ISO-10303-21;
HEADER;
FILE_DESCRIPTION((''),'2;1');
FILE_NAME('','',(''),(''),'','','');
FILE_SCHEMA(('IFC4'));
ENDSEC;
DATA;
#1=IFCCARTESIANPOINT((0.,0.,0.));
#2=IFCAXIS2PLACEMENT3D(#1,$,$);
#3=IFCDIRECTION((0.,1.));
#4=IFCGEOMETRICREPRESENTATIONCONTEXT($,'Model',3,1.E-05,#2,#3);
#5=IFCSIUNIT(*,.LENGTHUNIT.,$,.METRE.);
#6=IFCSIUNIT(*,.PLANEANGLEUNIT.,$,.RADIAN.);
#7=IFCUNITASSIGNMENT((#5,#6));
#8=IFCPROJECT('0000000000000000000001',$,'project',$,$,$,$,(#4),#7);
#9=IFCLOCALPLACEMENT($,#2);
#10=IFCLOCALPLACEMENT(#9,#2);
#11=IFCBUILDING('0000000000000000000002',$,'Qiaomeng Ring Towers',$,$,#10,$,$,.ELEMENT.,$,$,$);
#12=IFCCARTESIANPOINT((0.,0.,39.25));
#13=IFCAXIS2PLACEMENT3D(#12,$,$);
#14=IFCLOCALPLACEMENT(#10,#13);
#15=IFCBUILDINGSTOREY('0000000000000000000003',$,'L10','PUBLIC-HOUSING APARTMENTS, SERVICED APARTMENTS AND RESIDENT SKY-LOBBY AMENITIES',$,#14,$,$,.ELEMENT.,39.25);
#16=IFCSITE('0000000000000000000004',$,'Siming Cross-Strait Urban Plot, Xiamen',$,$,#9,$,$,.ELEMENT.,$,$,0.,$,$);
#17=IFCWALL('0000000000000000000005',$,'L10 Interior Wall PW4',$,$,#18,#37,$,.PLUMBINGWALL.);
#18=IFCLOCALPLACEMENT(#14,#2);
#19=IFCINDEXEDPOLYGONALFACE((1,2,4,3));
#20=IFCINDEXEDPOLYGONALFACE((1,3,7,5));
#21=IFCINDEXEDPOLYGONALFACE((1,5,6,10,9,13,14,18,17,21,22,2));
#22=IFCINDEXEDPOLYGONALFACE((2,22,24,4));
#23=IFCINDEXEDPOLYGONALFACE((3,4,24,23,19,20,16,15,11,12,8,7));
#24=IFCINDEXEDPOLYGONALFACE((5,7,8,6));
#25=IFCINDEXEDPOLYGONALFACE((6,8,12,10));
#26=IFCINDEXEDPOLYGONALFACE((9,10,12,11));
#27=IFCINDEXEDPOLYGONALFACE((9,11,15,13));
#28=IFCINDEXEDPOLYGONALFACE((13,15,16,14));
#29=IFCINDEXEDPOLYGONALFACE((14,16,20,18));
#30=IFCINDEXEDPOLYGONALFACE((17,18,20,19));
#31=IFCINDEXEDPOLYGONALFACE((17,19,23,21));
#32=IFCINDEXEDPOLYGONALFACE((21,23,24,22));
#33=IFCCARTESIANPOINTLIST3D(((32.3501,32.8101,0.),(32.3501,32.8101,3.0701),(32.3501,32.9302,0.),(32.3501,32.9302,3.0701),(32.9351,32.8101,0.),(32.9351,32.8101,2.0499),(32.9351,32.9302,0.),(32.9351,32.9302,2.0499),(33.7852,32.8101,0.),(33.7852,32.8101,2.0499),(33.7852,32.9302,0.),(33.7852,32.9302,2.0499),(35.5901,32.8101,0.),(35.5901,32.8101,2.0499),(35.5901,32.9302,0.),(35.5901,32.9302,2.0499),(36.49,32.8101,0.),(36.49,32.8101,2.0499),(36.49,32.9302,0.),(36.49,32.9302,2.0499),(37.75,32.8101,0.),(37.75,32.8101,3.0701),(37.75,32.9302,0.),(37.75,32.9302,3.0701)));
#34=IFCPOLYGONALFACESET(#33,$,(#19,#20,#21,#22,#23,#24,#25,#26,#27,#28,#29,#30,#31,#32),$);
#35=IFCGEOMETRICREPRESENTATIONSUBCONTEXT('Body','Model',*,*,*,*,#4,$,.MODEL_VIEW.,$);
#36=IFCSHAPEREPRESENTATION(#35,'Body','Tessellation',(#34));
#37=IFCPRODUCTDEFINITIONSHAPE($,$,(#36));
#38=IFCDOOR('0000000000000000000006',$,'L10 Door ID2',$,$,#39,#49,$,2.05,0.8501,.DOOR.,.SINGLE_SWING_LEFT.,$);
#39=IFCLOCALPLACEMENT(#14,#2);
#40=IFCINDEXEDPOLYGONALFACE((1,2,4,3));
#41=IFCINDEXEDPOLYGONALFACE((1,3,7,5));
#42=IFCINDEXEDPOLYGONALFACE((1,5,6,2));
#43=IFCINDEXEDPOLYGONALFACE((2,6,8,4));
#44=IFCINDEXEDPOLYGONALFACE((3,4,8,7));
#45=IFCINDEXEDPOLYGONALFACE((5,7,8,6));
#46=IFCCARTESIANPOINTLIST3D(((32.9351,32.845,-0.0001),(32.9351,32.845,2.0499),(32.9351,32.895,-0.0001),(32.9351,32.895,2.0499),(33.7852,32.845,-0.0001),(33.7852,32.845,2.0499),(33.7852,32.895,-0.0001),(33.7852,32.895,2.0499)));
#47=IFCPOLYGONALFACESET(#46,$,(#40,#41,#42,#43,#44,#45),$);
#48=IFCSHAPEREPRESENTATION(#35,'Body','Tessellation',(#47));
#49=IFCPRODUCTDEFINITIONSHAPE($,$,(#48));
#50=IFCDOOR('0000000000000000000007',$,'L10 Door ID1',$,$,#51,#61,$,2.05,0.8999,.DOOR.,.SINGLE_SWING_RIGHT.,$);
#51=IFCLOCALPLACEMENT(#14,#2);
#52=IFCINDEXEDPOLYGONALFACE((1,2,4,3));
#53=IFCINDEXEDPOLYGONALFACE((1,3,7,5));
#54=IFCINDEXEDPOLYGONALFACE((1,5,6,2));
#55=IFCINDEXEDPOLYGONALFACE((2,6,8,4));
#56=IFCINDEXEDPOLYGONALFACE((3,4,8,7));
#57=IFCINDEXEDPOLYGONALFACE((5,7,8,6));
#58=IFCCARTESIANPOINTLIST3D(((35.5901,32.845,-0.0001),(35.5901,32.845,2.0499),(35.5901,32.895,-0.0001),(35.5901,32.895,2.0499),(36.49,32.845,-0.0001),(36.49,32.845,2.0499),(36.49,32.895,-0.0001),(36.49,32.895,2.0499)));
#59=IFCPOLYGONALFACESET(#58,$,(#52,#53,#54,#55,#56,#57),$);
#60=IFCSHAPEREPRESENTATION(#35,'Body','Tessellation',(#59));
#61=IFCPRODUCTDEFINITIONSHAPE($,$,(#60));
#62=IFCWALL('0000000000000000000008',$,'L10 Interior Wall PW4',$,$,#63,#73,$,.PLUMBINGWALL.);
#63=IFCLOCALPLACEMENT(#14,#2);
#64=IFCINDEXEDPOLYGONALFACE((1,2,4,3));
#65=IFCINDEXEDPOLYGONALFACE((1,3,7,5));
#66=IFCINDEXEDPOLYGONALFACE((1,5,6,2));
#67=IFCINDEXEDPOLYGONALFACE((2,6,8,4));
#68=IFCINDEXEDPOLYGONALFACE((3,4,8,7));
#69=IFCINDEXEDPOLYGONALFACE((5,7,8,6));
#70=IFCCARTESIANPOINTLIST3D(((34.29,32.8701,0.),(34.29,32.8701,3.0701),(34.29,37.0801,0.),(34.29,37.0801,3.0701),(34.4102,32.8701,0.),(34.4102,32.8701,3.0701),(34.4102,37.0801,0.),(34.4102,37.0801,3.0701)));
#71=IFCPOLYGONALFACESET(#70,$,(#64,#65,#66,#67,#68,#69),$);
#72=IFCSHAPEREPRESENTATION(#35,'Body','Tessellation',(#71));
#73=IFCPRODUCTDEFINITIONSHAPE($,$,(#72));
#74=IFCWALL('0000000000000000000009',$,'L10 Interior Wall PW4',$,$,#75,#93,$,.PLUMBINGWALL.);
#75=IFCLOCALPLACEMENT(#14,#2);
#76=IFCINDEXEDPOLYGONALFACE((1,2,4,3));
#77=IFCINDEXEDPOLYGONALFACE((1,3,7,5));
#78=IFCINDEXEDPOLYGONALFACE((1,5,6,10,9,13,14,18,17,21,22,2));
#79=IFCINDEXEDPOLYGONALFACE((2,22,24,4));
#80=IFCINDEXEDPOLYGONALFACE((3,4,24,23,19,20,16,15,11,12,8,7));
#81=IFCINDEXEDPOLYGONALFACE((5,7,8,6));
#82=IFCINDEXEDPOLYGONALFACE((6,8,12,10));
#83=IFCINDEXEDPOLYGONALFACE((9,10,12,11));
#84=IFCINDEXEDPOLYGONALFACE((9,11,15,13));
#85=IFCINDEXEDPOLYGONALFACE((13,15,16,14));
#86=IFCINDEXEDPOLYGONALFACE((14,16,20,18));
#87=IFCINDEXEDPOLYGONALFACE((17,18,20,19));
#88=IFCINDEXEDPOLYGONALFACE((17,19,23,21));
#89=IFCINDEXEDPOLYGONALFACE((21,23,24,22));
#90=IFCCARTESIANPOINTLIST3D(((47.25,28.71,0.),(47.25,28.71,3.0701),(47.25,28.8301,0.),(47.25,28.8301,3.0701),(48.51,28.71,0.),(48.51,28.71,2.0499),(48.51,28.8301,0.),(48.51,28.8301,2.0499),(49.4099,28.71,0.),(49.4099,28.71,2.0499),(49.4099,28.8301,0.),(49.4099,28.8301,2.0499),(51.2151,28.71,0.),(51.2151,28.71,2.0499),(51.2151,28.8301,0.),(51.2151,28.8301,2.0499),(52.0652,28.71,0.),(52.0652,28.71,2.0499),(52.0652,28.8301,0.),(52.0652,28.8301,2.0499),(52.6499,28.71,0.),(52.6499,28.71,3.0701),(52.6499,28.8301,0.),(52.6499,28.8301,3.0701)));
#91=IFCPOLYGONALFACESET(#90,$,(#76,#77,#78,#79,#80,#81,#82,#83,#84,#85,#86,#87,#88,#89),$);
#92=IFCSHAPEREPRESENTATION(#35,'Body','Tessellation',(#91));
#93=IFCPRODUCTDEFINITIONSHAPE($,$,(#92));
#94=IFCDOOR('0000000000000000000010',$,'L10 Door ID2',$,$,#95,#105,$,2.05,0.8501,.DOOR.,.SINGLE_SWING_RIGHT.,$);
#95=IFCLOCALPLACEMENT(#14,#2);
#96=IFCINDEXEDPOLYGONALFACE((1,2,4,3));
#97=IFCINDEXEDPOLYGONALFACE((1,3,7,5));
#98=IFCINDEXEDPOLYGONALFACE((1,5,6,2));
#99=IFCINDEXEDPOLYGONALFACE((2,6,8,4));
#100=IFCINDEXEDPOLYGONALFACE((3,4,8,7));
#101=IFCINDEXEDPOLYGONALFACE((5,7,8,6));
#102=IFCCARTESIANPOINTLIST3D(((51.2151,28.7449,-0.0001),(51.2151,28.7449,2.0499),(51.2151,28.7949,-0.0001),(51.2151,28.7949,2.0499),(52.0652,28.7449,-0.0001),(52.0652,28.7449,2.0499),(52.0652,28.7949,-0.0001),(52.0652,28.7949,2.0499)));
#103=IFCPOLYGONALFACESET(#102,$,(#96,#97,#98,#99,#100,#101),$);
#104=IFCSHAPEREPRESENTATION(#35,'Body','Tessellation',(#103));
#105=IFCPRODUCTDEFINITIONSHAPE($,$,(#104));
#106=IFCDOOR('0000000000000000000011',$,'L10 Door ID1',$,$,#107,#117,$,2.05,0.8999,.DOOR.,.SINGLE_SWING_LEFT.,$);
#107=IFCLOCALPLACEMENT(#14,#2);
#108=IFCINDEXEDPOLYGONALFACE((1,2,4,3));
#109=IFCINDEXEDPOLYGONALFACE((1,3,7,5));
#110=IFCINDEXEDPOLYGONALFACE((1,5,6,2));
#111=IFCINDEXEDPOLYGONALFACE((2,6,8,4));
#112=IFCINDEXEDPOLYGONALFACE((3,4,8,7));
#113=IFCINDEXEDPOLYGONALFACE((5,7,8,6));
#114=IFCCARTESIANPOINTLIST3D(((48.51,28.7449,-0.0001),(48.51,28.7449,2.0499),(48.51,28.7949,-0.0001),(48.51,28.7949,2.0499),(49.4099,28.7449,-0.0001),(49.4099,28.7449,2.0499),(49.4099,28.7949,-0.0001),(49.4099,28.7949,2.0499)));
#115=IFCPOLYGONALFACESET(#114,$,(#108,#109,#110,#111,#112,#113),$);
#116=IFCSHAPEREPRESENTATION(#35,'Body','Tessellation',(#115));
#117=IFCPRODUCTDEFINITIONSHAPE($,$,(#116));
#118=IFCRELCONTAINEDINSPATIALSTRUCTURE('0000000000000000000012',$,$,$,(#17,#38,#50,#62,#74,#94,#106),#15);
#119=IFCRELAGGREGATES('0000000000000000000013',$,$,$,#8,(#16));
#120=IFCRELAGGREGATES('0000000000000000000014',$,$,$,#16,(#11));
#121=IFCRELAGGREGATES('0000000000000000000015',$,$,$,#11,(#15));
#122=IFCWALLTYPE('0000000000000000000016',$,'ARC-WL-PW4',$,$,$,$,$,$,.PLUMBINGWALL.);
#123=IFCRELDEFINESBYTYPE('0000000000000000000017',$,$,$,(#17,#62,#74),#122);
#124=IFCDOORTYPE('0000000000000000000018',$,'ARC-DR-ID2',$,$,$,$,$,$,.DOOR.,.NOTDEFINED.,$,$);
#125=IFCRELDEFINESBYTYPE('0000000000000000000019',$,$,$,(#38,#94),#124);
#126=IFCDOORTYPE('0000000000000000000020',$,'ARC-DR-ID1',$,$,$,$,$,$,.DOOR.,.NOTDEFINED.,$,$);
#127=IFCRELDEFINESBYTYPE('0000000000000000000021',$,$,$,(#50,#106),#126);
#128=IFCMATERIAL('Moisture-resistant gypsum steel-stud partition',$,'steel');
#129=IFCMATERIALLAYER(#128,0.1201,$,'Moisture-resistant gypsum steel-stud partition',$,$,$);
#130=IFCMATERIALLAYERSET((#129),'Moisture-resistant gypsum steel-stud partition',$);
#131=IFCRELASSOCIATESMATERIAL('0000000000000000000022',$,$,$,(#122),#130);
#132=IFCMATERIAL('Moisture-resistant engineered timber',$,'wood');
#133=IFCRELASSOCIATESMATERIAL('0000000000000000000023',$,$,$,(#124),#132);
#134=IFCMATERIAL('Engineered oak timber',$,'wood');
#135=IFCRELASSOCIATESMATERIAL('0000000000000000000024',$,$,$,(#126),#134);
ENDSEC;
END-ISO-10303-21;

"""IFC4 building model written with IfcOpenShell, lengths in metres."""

from ifc_helpers import new_model, si_unit, direction, frame, frame_2d, origin, place, context, subcontext, project, spatial, rectangle, extrude, source, transform, mapped, material, layer, layer_set, type_object, element, fill, save


model = new_model("IFC4")

# Units and contexts
model_context = context("Model", 3, precision=1e-05, world=origin(), true_north=direction((0.0, 1.0)))
body_context = subcontext(model_context, "Body", "Model", "MODEL_VIEW")
ifc_project = project(units=[si_unit("LENGTHUNIT", "METRE"), si_unit("PLANEANGLEUNIT", "RADIAN")], contexts=[model_context])

# Site, building, storey
site_placement = place(None, origin())
site = spatial("IfcSite", under=ifc_project, at=site_placement, Name="Siming Cross-Strait Urban Plot, Xiamen", CompositionType="ELEMENT", RefElevation=0.0)
building_placement = place(site_placement, origin())
building = spatial("IfcBuilding", under=site, at=building_placement, Name="Qiaomeng Ring Towers", CompositionType="ELEMENT")
storey_placement = place(building_placement, frame((0.0, 0.0, 39.25)))
storey = spatial("IfcBuildingStorey", under=building, at=storey_placement, Name="L10", Description="PUBLIC-HOUSING APARTMENTS, SERVICED APARTMENTS AND RESIDENT SKY-LOBBY AMENITIES", CompositionType="ELEMENT", Elevation=39.25)

# Shared definitions
ifc_material_1 = material(Name="Moisture-resistant gypsum steel-stud partition", Category="steel")
ifc_layer_1 = layer(ifc_material_1, 0.1201, Name="Moisture-resistant gypsum steel-stud partition")
ifc_layer_set_1 = layer_set([ifc_layer_1], Name="Moisture-resistant gypsum steel-stud partition")
wall_type_1 = type_object("IfcWallType", Name="ARC-WL-PW4", PredefinedType="PLUMBINGWALL", material=ifc_layer_set_1)
ifc_material_2 = material(Name="Moisture-resistant engineered timber", Category="wood")
door_type_1 = type_object("IfcDoorType", Name="ARC-DR-ID2", OperationType="NOTDEFINED", PredefinedType="DOOR", material=ifc_material_2)
shared_shape_1 = source(origin(), body_context, "Body", "SweptSolid", [
    extrude(rectangle(XDim=0.8501, YDim=2.05, at=frame_2d((0.425, 1.0249))), frame((0.0, 0.0249, 0.0), z_axis=(0.0, -1.0, 0.0), x_axis=(1.0, 0.0, 0.0)), (0.0, 0.0, 1.0), 0.05),
])
ifc_material_3 = material(Name="Engineered oak timber", Category="wood")
door_type_2 = type_object("IfcDoorType", Name="ARC-DR-ID1", OperationType="NOTDEFINED", PredefinedType="DOOR", material=ifc_material_3)
shared_shape_2 = source(origin(), body_context, "Body", "SweptSolid", [
    extrude(rectangle(XDim=0.8999, YDim=2.05, at=frame_2d((0.45, 1.0249))), frame((0.0, 0.0249, 0.0), z_axis=(0.0, -1.0, 0.0), x_axis=(1.0, 0.0, 0.0)), (0.0, 0.0, 1.0), 0.05),
])

# Wall, openings, doors
wall_1_placement = place(storey_placement, frame((32.3501, 32.8701, 0.0), z_axis=(0.0, 0.0, 1.0), x_axis=(1.0, 0.0, 0.0)))
wall_1 = element("IfcWall", 1, at=wall_1_placement, inside=storey, type_object=wall_type_1, Name="L10 Interior Wall PW4", PredefinedType="PLUMBINGWALL", context=body_context, shape_type="SweptSolid", body=[
    extrude(rectangle(XDim=5.3999, YDim=0.1201, at=frame_2d((2.7, 0.0))), origin(), (0.0, 0.0, 1.0), 3.0701),
])
opening_1_placement = place(wall_1_placement, frame((0.585, 0.0, 0.0)))
opening_1 = element("IfcOpeningElement", 2, at=opening_1_placement, cuts=wall_1, PredefinedType="OPENING", context=body_context, shape_type="SweptSolid", body=[
    extrude(rectangle(XDim=0.8501, YDim=2.05, at=frame_2d((0.425, 1.0249))), frame((0.0, 0.0701, 0.0), z_axis=(0.0, -1.0, 0.0), x_axis=(1.0, 0.0, 0.0)), (0.0, 0.0, 1.0), 0.1401),
])
opening_2_placement = place(wall_1_placement, frame((3.24, 0.0, 0.0)))
opening_2 = element("IfcOpeningElement", 3, at=opening_2_placement, cuts=wall_1, PredefinedType="OPENING", context=body_context, shape_type="SweptSolid", body=[
    extrude(rectangle(XDim=0.8999, YDim=2.05, at=frame_2d((0.45, 1.0249))), frame((0.0, 0.0701, 0.0), z_axis=(0.0, -1.0, 0.0), x_axis=(1.0, 0.0, 0.0)), (0.0, 0.0, 1.0), 0.1401),
])
door_1_placement = place(opening_1_placement, origin())
door_1 = element("IfcDoor", 4, at=door_1_placement, inside=storey, type_object=door_type_1, Name="L10 Door ID2", OperationType="SINGLE_SWING_LEFT", OverallHeight=2.05, OverallWidth=0.8501, PredefinedType="DOOR", context=body_context, shape_type="MappedRepresentation", body=[
    mapped(shared_shape_1, transform((0.0, 0.0, 0.0), x_axis=(1.0, 0.0, 0.0), y_axis=(0.0, 1.0, 0.0), z_axis=(0.0, 0.0, 1.0), scale=1.0)),
])
fill(opening_1, door_1)
door_2_placement = place(opening_2_placement, origin())
door_2 = element("IfcDoor", 5, at=door_2_placement, inside=storey, type_object=door_type_2, Name="L10 Door ID1", OperationType="SINGLE_SWING_RIGHT", OverallHeight=2.05, OverallWidth=0.8999, PredefinedType="DOOR", context=body_context, shape_type="MappedRepresentation", body=[
    mapped(shared_shape_2, transform((0.0, 0.0, 0.0), x_axis=(1.0, 0.0, 0.0), y_axis=(0.0, 1.0, 0.0), z_axis=(0.0, 0.0, 1.0), scale=1.0)),
])
fill(opening_2, door_2)

# Wall
wall_2_placement = place(storey_placement, frame((34.3501, 32.8701, 0.0), z_axis=(0.0, 0.0, 1.0), x_axis=(0.0, 1.0, 0.0)))
element("IfcWall", 6, at=wall_2_placement, inside=storey, type_object=wall_type_1, Name="L10 Interior Wall PW4", PredefinedType="PLUMBINGWALL", context=body_context, shape_type="SweptSolid", body=[
    extrude(rectangle(XDim=4.21, YDim=0.1201, at=frame_2d((2.105, 0.0))), origin(), (0.0, 0.0, 1.0), 3.0701),
])

# Wall, openings, doors
wall_3_placement = place(storey_placement, frame((47.25, 28.77, 0.0), z_axis=(0.0, 0.0, 1.0), x_axis=(1.0, 0.0, 0.0)))
wall_3 = element("IfcWall", 7, at=wall_3_placement, inside=storey, type_object=wall_type_1, Name="L10 Interior Wall PW4", PredefinedType="PLUMBINGWALL", context=body_context, shape_type="SweptSolid", body=[
    extrude(rectangle(XDim=5.3999, YDim=0.1201, at=frame_2d((2.7, 0.0))), origin(), (0.0, 0.0, 1.0), 3.0701),
])
opening_3_placement = place(wall_3_placement, frame((1.26, 0.0, 0.0)))
opening_3 = element("IfcOpeningElement", 8, at=opening_3_placement, cuts=wall_3, PredefinedType="OPENING", context=body_context, shape_type="SweptSolid", body=[
    extrude(rectangle(XDim=0.8999, YDim=2.05, at=frame_2d((0.45, 1.0249))), frame((0.0, 0.0701, 0.0), z_axis=(0.0, -1.0, 0.0), x_axis=(1.0, 0.0, 0.0)), (0.0, 0.0, 1.0), 0.1401),
])
opening_4_placement = place(wall_3_placement, frame((3.9651, 0.0, 0.0)))
opening_4 = element("IfcOpeningElement", 9, at=opening_4_placement, cuts=wall_3, PredefinedType="OPENING", context=body_context, shape_type="SweptSolid", body=[
    extrude(rectangle(XDim=0.8501, YDim=2.05, at=frame_2d((0.425, 1.0249))), frame((0.0, 0.0701, 0.0), z_axis=(0.0, -1.0, 0.0), x_axis=(1.0, 0.0, 0.0)), (0.0, 0.0, 1.0), 0.1401),
])
door_3_placement = place(opening_4_placement, origin())
door_3 = element("IfcDoor", 10, at=door_3_placement, inside=storey, type_object=door_type_1, Name="L10 Door ID2", OperationType="SINGLE_SWING_RIGHT", OverallHeight=2.05, OverallWidth=0.8501, PredefinedType="DOOR", context=body_context, shape_type="MappedRepresentation", body=[
    mapped(shared_shape_1, transform((0.0, 0.0, 0.0), x_axis=(1.0, 0.0, 0.0), y_axis=(0.0, 1.0, 0.0), z_axis=(0.0, 0.0, 1.0), scale=1.0)),
])
fill(opening_4, door_3)
door_4_placement = place(opening_3_placement, origin())
door_4 = element("IfcDoor", 11, at=door_4_placement, inside=storey, type_object=door_type_2, Name="L10 Door ID1", OperationType="SINGLE_SWING_LEFT", OverallHeight=2.05, OverallWidth=0.8999, PredefinedType="DOOR", context=body_context, shape_type="MappedRepresentation", body=[
    mapped(shared_shape_2, transform((0.0, 0.0, 0.0), x_axis=(1.0, 0.0, 0.0), y_axis=(0.0, 1.0, 0.0), z_axis=(0.0, 0.0, 1.0), scale=1.0)),
])
fill(opening_3, door_4)

save(model, "model.ifc")
